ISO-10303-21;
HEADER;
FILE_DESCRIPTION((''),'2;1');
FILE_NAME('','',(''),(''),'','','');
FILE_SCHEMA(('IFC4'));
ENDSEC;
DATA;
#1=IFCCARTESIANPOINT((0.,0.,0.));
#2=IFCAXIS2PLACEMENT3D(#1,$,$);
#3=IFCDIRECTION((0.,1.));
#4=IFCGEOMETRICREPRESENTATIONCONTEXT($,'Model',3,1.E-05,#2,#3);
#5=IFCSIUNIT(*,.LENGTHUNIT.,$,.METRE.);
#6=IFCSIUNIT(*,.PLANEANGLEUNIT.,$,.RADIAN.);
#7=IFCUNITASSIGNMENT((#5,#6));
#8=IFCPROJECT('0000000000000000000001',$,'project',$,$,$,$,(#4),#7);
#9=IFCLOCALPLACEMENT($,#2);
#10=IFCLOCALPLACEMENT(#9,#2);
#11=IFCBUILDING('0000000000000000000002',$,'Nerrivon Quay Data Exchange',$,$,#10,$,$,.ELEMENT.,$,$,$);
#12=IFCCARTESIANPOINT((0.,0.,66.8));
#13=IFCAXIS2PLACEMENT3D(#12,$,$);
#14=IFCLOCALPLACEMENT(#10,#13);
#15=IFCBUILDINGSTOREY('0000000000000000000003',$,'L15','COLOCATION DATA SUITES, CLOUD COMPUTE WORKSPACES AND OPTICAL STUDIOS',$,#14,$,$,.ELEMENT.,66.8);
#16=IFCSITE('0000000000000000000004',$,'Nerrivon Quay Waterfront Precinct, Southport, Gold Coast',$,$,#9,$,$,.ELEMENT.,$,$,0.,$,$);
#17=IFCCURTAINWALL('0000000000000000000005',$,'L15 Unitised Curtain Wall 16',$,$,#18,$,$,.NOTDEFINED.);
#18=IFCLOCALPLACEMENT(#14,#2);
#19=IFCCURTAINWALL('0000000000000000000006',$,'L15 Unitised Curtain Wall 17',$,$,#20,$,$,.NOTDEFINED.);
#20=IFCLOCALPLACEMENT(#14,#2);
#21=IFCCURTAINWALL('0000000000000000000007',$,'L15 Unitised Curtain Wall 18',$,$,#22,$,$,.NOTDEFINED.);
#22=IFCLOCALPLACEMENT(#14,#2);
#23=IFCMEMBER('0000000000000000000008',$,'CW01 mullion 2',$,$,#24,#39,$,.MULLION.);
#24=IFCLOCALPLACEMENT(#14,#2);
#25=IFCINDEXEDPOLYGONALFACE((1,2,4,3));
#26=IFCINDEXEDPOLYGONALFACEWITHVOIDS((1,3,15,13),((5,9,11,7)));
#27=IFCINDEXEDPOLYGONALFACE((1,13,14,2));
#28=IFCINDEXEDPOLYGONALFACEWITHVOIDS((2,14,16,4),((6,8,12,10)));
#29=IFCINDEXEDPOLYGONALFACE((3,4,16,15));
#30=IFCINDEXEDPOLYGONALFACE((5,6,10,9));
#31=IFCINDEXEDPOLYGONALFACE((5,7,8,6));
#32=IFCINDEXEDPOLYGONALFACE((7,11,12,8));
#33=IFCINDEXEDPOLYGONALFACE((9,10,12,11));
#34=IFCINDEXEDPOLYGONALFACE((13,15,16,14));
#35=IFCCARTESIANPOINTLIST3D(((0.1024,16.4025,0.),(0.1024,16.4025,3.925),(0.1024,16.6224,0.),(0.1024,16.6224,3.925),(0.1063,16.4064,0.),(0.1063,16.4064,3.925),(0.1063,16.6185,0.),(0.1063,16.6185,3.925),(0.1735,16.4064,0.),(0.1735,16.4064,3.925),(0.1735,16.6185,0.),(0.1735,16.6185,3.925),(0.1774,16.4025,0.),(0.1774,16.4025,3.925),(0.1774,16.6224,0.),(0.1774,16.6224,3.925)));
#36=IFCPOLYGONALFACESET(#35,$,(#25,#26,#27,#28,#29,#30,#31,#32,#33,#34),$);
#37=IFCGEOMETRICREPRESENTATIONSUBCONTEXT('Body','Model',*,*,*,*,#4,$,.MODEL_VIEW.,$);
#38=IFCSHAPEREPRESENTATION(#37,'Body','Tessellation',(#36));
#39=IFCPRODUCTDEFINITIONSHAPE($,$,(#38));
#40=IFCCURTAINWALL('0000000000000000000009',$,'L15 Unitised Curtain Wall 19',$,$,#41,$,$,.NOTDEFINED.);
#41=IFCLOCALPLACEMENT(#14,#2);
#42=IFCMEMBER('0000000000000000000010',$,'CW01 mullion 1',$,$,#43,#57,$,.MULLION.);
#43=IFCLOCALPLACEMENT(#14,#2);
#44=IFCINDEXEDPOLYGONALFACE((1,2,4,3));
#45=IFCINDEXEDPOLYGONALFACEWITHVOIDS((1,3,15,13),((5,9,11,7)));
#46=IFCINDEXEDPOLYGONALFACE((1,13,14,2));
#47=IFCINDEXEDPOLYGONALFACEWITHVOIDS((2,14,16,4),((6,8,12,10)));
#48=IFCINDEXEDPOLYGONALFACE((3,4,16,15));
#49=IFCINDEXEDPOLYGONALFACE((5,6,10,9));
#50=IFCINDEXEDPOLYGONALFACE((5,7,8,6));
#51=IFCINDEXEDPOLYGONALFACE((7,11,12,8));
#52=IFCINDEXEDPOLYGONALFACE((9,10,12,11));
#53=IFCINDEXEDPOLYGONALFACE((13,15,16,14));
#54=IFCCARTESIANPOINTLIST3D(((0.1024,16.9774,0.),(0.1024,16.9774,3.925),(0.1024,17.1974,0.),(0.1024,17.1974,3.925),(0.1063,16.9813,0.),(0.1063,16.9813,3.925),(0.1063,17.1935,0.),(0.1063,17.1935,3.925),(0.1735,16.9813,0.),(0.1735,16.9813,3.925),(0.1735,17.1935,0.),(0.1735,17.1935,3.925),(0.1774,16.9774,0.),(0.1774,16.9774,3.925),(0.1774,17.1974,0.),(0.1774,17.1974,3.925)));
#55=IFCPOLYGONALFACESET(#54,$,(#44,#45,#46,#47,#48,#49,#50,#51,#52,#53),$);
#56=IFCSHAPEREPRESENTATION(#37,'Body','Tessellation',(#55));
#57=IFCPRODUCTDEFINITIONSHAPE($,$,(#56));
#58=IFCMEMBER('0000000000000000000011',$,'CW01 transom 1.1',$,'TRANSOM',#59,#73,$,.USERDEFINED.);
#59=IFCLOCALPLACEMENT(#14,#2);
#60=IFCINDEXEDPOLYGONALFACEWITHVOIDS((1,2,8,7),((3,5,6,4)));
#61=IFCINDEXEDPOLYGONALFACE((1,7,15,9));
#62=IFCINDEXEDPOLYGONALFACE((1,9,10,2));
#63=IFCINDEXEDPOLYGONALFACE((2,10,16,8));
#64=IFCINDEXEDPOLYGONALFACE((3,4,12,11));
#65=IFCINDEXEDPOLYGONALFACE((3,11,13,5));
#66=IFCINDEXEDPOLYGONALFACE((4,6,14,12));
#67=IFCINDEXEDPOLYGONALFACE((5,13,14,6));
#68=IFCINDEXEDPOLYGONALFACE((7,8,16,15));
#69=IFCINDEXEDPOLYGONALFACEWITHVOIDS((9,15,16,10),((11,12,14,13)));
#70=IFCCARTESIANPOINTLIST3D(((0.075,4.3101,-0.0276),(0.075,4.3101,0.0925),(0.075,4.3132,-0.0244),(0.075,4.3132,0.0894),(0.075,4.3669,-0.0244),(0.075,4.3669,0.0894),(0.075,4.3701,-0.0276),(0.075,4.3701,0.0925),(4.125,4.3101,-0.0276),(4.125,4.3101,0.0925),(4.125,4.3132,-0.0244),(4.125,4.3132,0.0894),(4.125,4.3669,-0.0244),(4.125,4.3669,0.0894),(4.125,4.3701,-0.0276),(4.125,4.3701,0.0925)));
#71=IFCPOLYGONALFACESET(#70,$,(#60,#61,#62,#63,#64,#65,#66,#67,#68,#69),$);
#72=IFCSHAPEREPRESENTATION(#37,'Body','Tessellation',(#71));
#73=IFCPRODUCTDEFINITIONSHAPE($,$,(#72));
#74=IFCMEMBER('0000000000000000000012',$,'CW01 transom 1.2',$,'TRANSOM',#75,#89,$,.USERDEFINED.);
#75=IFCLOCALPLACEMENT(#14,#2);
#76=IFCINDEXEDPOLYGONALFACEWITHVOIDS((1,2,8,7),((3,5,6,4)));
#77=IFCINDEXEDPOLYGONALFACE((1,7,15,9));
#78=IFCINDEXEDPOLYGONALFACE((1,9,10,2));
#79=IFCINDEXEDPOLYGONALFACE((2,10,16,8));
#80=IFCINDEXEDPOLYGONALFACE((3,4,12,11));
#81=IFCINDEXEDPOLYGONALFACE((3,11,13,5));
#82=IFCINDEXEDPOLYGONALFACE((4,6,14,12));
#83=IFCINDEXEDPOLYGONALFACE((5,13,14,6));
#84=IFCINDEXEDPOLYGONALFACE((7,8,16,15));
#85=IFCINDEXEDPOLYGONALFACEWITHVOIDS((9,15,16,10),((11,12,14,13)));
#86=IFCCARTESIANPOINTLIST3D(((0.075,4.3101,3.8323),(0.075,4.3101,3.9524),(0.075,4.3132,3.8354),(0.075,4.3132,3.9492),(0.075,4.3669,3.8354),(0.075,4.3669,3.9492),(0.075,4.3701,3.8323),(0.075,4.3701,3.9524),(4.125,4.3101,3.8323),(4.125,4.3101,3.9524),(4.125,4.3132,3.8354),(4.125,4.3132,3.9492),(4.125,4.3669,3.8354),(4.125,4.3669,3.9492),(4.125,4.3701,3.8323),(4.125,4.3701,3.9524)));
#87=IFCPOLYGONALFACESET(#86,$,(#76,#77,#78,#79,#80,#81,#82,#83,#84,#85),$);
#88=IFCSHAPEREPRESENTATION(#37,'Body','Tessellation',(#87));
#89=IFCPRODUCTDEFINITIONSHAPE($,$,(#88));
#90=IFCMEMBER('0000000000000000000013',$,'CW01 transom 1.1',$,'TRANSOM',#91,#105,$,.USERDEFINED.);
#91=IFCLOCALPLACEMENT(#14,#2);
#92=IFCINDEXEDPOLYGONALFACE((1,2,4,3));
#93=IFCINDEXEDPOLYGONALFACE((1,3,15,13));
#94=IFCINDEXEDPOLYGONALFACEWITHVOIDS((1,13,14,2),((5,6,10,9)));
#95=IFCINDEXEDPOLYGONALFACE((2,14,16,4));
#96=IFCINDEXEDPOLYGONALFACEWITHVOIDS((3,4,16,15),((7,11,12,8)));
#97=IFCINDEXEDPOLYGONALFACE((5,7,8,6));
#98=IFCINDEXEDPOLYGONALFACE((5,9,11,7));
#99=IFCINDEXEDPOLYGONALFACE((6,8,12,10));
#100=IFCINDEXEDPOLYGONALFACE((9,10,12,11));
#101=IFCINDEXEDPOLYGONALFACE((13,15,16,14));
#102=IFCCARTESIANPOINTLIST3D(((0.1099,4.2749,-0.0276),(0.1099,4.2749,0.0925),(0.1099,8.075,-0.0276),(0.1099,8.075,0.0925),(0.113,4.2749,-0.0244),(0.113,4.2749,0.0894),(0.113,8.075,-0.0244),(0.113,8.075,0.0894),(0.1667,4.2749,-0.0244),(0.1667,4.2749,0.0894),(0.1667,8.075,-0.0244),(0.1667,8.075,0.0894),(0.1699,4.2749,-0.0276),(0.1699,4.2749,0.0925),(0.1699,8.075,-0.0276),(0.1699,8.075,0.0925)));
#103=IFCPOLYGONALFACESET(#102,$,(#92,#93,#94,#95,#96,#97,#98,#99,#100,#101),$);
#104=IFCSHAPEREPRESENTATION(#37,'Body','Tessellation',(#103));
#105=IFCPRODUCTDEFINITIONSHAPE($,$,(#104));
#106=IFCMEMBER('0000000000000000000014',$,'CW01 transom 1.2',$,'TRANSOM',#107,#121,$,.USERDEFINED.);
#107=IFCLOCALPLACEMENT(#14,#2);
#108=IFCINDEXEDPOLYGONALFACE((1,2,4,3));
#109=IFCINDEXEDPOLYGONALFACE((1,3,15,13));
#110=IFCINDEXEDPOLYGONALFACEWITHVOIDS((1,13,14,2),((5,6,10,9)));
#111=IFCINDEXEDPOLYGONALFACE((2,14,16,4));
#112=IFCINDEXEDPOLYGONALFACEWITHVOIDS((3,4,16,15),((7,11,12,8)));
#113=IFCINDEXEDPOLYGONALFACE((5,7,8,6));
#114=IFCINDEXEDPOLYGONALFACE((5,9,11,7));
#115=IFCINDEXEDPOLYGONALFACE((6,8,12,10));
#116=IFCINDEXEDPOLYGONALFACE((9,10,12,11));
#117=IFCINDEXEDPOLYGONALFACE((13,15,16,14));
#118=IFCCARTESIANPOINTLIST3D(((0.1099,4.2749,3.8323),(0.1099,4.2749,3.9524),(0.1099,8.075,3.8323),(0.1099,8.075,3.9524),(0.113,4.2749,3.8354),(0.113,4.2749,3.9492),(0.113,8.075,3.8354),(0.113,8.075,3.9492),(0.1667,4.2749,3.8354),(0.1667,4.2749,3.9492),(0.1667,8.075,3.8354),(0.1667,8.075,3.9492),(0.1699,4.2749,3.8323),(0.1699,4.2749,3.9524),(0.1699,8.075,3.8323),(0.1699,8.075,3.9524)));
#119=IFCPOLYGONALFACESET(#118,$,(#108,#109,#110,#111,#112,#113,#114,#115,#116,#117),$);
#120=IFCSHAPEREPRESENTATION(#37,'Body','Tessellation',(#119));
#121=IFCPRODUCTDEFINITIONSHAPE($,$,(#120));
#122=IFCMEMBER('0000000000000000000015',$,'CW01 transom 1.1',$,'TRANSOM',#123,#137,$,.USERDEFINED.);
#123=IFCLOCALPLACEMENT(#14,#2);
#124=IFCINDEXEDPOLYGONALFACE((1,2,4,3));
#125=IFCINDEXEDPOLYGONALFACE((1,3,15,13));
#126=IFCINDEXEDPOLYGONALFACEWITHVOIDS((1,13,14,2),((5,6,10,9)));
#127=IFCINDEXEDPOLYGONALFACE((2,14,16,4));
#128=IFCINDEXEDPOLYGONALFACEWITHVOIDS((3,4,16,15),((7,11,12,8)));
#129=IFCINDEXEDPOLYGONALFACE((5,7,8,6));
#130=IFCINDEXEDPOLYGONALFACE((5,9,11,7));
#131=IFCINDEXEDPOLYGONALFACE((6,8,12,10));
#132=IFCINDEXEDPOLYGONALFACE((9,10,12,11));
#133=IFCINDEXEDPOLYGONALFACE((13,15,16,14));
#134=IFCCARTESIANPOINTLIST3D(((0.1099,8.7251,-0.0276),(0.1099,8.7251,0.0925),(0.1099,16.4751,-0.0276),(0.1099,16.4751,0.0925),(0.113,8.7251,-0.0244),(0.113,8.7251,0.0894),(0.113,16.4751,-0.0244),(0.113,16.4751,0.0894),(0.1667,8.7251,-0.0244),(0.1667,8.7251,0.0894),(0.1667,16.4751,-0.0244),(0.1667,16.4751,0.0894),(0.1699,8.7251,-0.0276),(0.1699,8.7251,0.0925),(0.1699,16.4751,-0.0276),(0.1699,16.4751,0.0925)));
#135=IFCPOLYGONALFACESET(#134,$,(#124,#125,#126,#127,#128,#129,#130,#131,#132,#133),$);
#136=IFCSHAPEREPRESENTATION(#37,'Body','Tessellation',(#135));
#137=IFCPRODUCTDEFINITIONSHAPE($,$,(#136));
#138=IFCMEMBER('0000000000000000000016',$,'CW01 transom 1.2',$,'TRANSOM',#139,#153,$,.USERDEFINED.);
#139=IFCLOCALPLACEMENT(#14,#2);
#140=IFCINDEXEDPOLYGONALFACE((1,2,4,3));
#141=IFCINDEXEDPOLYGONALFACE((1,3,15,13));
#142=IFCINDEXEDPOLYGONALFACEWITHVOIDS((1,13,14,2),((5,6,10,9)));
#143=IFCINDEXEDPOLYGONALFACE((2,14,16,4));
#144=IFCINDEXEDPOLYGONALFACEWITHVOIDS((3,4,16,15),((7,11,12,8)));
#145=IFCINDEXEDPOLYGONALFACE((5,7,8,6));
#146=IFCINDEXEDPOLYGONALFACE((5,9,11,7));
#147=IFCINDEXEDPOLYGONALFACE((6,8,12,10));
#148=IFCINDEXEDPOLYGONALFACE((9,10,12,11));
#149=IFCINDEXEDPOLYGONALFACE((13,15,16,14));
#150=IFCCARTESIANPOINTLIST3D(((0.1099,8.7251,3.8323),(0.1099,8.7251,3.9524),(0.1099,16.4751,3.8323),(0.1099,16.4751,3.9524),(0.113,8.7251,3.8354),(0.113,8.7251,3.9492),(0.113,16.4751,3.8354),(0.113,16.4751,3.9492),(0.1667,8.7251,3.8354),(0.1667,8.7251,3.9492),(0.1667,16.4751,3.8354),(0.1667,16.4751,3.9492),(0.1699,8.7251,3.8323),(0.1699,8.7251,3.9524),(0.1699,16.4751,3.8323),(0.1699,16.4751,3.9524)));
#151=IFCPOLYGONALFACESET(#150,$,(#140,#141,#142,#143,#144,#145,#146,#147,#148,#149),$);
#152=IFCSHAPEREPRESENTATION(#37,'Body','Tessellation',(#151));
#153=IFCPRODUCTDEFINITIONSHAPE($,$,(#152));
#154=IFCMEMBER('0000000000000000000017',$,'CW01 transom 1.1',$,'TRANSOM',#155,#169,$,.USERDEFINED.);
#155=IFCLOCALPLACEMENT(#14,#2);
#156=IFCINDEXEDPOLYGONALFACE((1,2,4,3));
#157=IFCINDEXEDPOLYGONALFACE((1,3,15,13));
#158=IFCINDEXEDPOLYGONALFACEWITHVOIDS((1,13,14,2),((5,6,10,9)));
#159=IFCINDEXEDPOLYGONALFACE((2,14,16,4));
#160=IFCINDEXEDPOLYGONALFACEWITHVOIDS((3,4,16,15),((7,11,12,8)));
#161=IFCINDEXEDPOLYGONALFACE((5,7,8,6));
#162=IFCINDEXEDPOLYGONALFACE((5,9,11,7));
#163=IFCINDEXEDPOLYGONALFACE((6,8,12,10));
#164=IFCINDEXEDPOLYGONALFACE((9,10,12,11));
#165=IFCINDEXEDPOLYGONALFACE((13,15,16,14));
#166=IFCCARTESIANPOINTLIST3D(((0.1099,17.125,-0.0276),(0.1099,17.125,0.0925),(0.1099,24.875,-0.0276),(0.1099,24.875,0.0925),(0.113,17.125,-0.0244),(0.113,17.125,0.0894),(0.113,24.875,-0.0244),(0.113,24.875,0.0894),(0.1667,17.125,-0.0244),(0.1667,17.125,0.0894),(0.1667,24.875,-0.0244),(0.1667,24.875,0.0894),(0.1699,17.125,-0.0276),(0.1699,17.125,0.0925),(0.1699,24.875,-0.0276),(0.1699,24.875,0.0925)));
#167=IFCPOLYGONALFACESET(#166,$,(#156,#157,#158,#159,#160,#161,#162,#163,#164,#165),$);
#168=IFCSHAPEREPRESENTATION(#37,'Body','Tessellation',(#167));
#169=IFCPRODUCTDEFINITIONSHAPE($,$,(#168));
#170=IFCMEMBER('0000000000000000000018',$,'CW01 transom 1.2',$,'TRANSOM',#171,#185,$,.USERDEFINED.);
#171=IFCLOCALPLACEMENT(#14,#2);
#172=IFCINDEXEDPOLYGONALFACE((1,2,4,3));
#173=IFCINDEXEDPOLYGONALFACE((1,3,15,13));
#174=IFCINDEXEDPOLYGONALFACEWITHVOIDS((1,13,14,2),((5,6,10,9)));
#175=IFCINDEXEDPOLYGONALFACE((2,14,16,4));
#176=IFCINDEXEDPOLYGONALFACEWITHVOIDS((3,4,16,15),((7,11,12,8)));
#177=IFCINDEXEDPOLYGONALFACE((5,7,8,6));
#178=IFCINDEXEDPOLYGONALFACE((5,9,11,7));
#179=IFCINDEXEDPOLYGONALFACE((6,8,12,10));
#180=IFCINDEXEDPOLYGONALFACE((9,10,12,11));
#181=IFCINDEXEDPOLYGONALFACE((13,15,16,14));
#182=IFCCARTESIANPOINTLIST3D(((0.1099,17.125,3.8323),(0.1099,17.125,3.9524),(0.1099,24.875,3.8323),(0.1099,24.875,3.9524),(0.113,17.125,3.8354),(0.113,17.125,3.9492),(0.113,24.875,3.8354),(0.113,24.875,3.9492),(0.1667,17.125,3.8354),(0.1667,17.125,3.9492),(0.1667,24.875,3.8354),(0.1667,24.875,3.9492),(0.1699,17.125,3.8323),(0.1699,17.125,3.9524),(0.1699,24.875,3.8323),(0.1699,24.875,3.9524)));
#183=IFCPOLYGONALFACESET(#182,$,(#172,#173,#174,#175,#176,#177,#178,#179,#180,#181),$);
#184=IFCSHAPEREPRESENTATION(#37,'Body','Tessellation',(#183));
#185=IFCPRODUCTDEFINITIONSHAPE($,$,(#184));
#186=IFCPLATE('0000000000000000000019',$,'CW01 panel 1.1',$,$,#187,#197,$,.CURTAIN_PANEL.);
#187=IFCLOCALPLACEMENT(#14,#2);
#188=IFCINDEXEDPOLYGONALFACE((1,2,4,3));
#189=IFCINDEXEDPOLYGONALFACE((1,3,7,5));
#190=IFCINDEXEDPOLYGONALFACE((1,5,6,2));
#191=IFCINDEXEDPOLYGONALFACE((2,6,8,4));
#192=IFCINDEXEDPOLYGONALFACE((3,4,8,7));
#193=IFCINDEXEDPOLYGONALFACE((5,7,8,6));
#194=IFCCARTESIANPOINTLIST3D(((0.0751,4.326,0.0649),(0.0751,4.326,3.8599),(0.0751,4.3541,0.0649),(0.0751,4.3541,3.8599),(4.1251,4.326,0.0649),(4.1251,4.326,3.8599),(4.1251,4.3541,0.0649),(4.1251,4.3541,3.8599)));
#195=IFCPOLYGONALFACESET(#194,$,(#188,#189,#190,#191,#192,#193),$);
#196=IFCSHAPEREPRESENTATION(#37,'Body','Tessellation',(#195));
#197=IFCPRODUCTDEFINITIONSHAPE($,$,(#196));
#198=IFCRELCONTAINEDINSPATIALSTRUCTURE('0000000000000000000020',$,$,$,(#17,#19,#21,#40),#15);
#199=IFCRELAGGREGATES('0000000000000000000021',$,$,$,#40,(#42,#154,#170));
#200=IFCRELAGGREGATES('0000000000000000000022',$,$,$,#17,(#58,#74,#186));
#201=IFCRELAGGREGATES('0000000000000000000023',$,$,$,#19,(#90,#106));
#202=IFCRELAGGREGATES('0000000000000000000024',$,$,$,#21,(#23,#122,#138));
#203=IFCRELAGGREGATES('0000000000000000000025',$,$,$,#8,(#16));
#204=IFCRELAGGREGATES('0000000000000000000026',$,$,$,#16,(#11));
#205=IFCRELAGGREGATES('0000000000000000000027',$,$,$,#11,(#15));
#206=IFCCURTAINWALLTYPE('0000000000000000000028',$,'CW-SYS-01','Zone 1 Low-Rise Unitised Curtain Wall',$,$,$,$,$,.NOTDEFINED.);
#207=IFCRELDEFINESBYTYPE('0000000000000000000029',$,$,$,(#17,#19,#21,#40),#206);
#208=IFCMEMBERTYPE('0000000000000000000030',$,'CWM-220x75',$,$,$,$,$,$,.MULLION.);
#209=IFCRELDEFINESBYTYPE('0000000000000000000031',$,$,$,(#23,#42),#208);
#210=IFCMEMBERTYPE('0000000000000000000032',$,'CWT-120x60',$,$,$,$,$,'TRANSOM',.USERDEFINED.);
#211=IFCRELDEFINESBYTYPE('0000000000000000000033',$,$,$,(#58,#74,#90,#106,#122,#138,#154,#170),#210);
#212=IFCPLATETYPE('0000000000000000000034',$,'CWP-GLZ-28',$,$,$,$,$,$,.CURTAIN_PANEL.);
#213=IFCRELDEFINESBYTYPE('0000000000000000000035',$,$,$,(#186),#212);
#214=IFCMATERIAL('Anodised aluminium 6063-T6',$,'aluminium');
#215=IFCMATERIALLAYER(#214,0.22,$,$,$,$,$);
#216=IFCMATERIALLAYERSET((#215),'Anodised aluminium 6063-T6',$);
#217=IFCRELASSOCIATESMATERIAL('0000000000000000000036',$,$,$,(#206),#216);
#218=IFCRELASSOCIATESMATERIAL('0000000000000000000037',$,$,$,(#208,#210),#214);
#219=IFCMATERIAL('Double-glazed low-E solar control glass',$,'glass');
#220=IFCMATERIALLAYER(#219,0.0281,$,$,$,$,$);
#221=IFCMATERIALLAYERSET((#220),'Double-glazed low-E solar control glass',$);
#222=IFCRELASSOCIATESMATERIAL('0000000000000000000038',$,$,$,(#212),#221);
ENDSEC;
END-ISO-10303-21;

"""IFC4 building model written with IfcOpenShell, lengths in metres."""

from ifc_helpers import new_model, si_unit, direction, frame, origin, origin_2d, place, context, subcontext, project, spatial, rectangle, hollow_rectangle, extrude, material, layer, layer_set, material_profile, profile_set, type_object, element, aggregate, save


model = new_model("IFC4")

# Units and contexts
model_context = context("Model", 3, precision=1e-05, world=origin(), true_north=direction((0.0, 1.0)))
body_context = subcontext(model_context, "Body", "Model", "MODEL_VIEW")
ifc_project = project(units=[si_unit("LENGTHUNIT", "METRE"), si_unit("PLANEANGLEUNIT", "RADIAN")], contexts=[model_context])

# Site, building, storey
site_placement = place(None, origin())
site = spatial("IfcSite", under=ifc_project, at=site_placement, Name="Nerrivon Quay Waterfront Precinct, Southport, Gold Coast", CompositionType="ELEMENT", RefElevation=0.0)
building_placement = place(site_placement, origin())
building = spatial("IfcBuilding", under=site, at=building_placement, Name="Nerrivon Quay Data Exchange", CompositionType="ELEMENT")
storey_placement = place(building_placement, frame((0.0, 0.0, 66.8)))
storey = spatial("IfcBuildingStorey", under=building, at=storey_placement, Name="L15", Description="COLOCATION DATA SUITES, CLOUD COMPUTE WORKSPACES AND OPTICAL STUDIOS", CompositionType="ELEMENT", Elevation=66.8)

# Curtain walls, member
ifc_material_1 = material(Name="Anodised aluminium 6063-T6", Category="aluminium")
ifc_layer_1 = layer(ifc_material_1, 0.22)
ifc_layer_set_1 = layer_set([ifc_layer_1], Name="Anodised aluminium 6063-T6")
curtain_wall_type = type_object("IfcCurtainWallType", Name="CW-SYS-01", Description="Zone 1 Low-Rise Unitised Curtain Wall", PredefinedType="NOTDEFINED", material=ifc_layer_set_1)
curtain_wall_1_placement = place(storey_placement, origin())
curtain_wall_1 = element("IfcCurtainWall", 1, at=curtain_wall_1_placement, inside=storey, type_object=curtain_wall_type, Name="L15 Unitised Curtain Wall 16", PredefinedType="NOTDEFINED")
ifc_material_profile_1 = material_profile(ifc_material_1, hollow_rectangle(XDim=0.075, YDim=0.22, WallThickness=0.0039, at=origin_2d()), Name="ALU-MULL-220x75")
ifc_profile_set_1 = profile_set([ifc_material_profile_1], Name="Anodised aluminium 6063-T6")
member_type_1 = type_object("IfcMemberType", Name="CWM-220x75", PredefinedType="MULLION", material=ifc_profile_set_1)
curtain_wall_2_placement = place(storey_placement, origin())
curtain_wall_2 = element("IfcCurtainWall", 2, at=curtain_wall_2_placement, inside=storey, type_object=curtain_wall_type, Name="L15 Unitised Curtain Wall 17", PredefinedType="NOTDEFINED")
curtain_wall_3_placement = place(storey_placement, origin())
curtain_wall_3 = element("IfcCurtainWall", 3, at=curtain_wall_3_placement, inside=storey, type_object=curtain_wall_type, Name="L15 Unitised Curtain Wall 18", PredefinedType="NOTDEFINED")
member_1_placement = place(storey_placement, frame((0.1399, 16.5125, 0.0), z_axis=(0.0, 0.0, 1.0), x_axis=(-1.0, 0.0, 0.0)))
member_1 = element("IfcMember", 4, at=member_1_placement, type_object=member_type_1, Name="CW01 mullion 2", PredefinedType="MULLION", context=body_context, shape_type="SweptSolid", body=[
    extrude(hollow_rectangle(XDim=0.075, YDim=0.22, WallThickness=0.0039, at=origin_2d()), origin(), (0.0, 0.0, 1.0), 3.925),
])

# Curtain wall, member
curtain_wall_4_placement = place(storey_placement, origin())
curtain_wall_4 = element("IfcCurtainWall", 5, at=curtain_wall_4_placement, inside=storey, type_object=curtain_wall_type, Name="L15 Unitised Curtain Wall 19", PredefinedType="NOTDEFINED")
member_2_placement = place(storey_placement, frame((0.1399, 17.0874, 0.0), z_axis=(0.0, 0.0, 1.0), x_axis=(-1.0, 0.0, 0.0)))
member_2 = element("IfcMember", 6, at=member_2_placement, type_object=member_type_1, Name="CW01 mullion 1", PredefinedType="MULLION", context=body_context, shape_type="SweptSolid", body=[
    extrude(hollow_rectangle(XDim=0.075, YDim=0.22, WallThickness=0.0039, at=origin_2d()), origin(), (0.0, 0.0, 1.0), 3.925),
])

# Members
ifc_material_profile_2 = material_profile(ifc_material_1, hollow_rectangle(XDim=0.0601, YDim=0.1201, WallThickness=0.0032, at=origin_2d()), Name="ALU-TRAN-120x60")
ifc_profile_set_2 = profile_set([ifc_material_profile_2], Name="Anodised aluminium 6063-T6")
member_type_2 = type_object("IfcMemberType", Name="CWT-120x60", ElementType="TRANSOM", PredefinedType="USERDEFINED", material=ifc_profile_set_2)
member_3_placement = place(storey_placement, frame((4.125, 4.3401, 0.0325), z_axis=(-1.0, 0.0, 0.0), x_axis=(0.0, -1.0, 0.0)))
member_3 = element("IfcMember", 7, at=member_3_placement, type_object=member_type_2, Name="CW01 transom 1.1", ObjectType="TRANSOM", PredefinedType="USERDEFINED", context=body_context, shape_type="SweptSolid", body=[
    extrude(hollow_rectangle(XDim=0.0601, YDim=0.1201, WallThickness=0.0032, at=origin_2d()), origin(), (0.0, 0.0, 1.0), 4.05),
])
member_4_placement = place(storey_placement, frame((4.125, 4.3401, 3.8923), z_axis=(-1.0, 0.0, 0.0), x_axis=(0.0, -1.0, 0.0)))
member_4 = element("IfcMember", 8, at=member_4_placement, type_object=member_type_2, Name="CW01 transom 1.2", ObjectType="TRANSOM", PredefinedType="USERDEFINED", context=body_context, shape_type="SweptSolid", body=[
    extrude(hollow_rectangle(XDim=0.0601, YDim=0.1201, WallThickness=0.0032, at=origin_2d()), origin(), (0.0, 0.0, 1.0), 4.05),
])
member_5_placement = place(storey_placement, frame((0.1399, 4.2749, 0.0325), z_axis=(0.0, 1.0, 0.0), x_axis=(-1.0, 0.0, 0.0)))
member_5 = element("IfcMember", 9, at=member_5_placement, type_object=member_type_2, Name="CW01 transom 1.1", ObjectType="TRANSOM", PredefinedType="USERDEFINED", context=body_context, shape_type="SweptSolid", body=[
    extrude(hollow_rectangle(XDim=0.0601, YDim=0.1201, WallThickness=0.0032, at=origin_2d()), origin(), (0.0, 0.0, 1.0), 3.8),
])
member_6_placement = place(storey_placement, frame((0.1399, 4.2749, 3.8923), z_axis=(0.0, 1.0, 0.0), x_axis=(-1.0, 0.0, 0.0)))
member_6 = element("IfcMember", 10, at=member_6_placement, type_object=member_type_2, Name="CW01 transom 1.2", ObjectType="TRANSOM", PredefinedType="USERDEFINED", context=body_context, shape_type="SweptSolid", body=[
    extrude(hollow_rectangle(XDim=0.0601, YDim=0.1201, WallThickness=0.0032, at=origin_2d()), origin(), (0.0, 0.0, 1.0), 3.8),
])
member_7_placement = place(storey_placement, frame((0.1399, 8.7251, 0.0325), z_axis=(0.0, 1.0, 0.0), x_axis=(-1.0, 0.0, 0.0)))
member_7 = element("IfcMember", 11, at=member_7_placement, type_object=member_type_2, Name="CW01 transom 1.1", ObjectType="TRANSOM", PredefinedType="USERDEFINED", context=body_context, shape_type="SweptSolid", body=[
    extrude(hollow_rectangle(XDim=0.0601, YDim=0.1201, WallThickness=0.0032, at=origin_2d()), origin(), (0.0, 0.0, 1.0), 7.75),
])
member_8_placement = place(storey_placement, frame((0.1399, 8.7251, 3.8923), z_axis=(0.0, 1.0, 0.0), x_axis=(-1.0, 0.0, 0.0)))
member_8 = element("IfcMember", 12, at=member_8_placement, type_object=member_type_2, Name="CW01 transom 1.2", ObjectType="TRANSOM", PredefinedType="USERDEFINED", context=body_context, shape_type="SweptSolid", body=[
    extrude(hollow_rectangle(XDim=0.0601, YDim=0.1201, WallThickness=0.0032, at=origin_2d()), origin(), (0.0, 0.0, 1.0), 7.75),
])
member_9_placement = place(storey_placement, frame((0.1399, 17.125, 0.0325), z_axis=(0.0, 1.0, 0.0), x_axis=(-1.0, 0.0, 0.0)))
member_9 = element("IfcMember", 13, at=member_9_placement, type_object=member_type_2, Name="CW01 transom 1.1", ObjectType="TRANSOM", PredefinedType="USERDEFINED", context=body_context, shape_type="SweptSolid", body=[
    extrude(hollow_rectangle(XDim=0.0601, YDim=0.1201, WallThickness=0.0032, at=origin_2d()), origin(), (0.0, 0.0, 1.0), 7.75),
])
member_10_placement = place(storey_placement, frame((0.1399, 17.125, 3.8923), z_axis=(0.0, 1.0, 0.0), x_axis=(-1.0, 0.0, 0.0)))
member_10 = element("IfcMember", 14, at=member_10_placement, type_object=member_type_2, Name="CW01 transom 1.2", ObjectType="TRANSOM", PredefinedType="USERDEFINED", context=body_context, shape_type="SweptSolid", body=[
    extrude(hollow_rectangle(XDim=0.0601, YDim=0.1201, WallThickness=0.0032, at=origin_2d()), origin(), (0.0, 0.0, 1.0), 7.75),
])
aggregate(curtain_wall_4, [member_2, member_9, member_10])

# Plate
ifc_material_2 = material(Name="Double-glazed low-E solar control glass", Category="glass")
ifc_layer_2 = layer(ifc_material_2, 0.0281)
ifc_layer_set_2 = layer_set([ifc_layer_2], Name="Double-glazed low-E solar control glass")
plate_type = type_object("IfcPlateType", Name="CWP-GLZ-28", PredefinedType="CURTAIN_PANEL", material=ifc_layer_set_2)
plate_1_placement = place(storey_placement, frame((2.1001, 4.3401, 0.0649), z_axis=(0.0, 0.0, 1.0), x_axis=(-1.0, 0.0, 0.0)))
plate_1 = element("IfcPlate", 15, at=plate_1_placement, type_object=plate_type, Name="CW01 panel 1.1", PredefinedType="CURTAIN_PANEL", context=body_context, shape_type="SweptSolid", body=[
    extrude(rectangle(XDim=4.05, YDim=0.0281, at=origin_2d()), origin(), (0.0, 0.0, 1.0), 3.7949),
])
aggregate(curtain_wall_1, [member_3, member_4, plate_1])
aggregate(curtain_wall_2, [member_5, member_6])
aggregate(curtain_wall_3, [member_1, member_7, member_8])

save(model, "model.ifc")
